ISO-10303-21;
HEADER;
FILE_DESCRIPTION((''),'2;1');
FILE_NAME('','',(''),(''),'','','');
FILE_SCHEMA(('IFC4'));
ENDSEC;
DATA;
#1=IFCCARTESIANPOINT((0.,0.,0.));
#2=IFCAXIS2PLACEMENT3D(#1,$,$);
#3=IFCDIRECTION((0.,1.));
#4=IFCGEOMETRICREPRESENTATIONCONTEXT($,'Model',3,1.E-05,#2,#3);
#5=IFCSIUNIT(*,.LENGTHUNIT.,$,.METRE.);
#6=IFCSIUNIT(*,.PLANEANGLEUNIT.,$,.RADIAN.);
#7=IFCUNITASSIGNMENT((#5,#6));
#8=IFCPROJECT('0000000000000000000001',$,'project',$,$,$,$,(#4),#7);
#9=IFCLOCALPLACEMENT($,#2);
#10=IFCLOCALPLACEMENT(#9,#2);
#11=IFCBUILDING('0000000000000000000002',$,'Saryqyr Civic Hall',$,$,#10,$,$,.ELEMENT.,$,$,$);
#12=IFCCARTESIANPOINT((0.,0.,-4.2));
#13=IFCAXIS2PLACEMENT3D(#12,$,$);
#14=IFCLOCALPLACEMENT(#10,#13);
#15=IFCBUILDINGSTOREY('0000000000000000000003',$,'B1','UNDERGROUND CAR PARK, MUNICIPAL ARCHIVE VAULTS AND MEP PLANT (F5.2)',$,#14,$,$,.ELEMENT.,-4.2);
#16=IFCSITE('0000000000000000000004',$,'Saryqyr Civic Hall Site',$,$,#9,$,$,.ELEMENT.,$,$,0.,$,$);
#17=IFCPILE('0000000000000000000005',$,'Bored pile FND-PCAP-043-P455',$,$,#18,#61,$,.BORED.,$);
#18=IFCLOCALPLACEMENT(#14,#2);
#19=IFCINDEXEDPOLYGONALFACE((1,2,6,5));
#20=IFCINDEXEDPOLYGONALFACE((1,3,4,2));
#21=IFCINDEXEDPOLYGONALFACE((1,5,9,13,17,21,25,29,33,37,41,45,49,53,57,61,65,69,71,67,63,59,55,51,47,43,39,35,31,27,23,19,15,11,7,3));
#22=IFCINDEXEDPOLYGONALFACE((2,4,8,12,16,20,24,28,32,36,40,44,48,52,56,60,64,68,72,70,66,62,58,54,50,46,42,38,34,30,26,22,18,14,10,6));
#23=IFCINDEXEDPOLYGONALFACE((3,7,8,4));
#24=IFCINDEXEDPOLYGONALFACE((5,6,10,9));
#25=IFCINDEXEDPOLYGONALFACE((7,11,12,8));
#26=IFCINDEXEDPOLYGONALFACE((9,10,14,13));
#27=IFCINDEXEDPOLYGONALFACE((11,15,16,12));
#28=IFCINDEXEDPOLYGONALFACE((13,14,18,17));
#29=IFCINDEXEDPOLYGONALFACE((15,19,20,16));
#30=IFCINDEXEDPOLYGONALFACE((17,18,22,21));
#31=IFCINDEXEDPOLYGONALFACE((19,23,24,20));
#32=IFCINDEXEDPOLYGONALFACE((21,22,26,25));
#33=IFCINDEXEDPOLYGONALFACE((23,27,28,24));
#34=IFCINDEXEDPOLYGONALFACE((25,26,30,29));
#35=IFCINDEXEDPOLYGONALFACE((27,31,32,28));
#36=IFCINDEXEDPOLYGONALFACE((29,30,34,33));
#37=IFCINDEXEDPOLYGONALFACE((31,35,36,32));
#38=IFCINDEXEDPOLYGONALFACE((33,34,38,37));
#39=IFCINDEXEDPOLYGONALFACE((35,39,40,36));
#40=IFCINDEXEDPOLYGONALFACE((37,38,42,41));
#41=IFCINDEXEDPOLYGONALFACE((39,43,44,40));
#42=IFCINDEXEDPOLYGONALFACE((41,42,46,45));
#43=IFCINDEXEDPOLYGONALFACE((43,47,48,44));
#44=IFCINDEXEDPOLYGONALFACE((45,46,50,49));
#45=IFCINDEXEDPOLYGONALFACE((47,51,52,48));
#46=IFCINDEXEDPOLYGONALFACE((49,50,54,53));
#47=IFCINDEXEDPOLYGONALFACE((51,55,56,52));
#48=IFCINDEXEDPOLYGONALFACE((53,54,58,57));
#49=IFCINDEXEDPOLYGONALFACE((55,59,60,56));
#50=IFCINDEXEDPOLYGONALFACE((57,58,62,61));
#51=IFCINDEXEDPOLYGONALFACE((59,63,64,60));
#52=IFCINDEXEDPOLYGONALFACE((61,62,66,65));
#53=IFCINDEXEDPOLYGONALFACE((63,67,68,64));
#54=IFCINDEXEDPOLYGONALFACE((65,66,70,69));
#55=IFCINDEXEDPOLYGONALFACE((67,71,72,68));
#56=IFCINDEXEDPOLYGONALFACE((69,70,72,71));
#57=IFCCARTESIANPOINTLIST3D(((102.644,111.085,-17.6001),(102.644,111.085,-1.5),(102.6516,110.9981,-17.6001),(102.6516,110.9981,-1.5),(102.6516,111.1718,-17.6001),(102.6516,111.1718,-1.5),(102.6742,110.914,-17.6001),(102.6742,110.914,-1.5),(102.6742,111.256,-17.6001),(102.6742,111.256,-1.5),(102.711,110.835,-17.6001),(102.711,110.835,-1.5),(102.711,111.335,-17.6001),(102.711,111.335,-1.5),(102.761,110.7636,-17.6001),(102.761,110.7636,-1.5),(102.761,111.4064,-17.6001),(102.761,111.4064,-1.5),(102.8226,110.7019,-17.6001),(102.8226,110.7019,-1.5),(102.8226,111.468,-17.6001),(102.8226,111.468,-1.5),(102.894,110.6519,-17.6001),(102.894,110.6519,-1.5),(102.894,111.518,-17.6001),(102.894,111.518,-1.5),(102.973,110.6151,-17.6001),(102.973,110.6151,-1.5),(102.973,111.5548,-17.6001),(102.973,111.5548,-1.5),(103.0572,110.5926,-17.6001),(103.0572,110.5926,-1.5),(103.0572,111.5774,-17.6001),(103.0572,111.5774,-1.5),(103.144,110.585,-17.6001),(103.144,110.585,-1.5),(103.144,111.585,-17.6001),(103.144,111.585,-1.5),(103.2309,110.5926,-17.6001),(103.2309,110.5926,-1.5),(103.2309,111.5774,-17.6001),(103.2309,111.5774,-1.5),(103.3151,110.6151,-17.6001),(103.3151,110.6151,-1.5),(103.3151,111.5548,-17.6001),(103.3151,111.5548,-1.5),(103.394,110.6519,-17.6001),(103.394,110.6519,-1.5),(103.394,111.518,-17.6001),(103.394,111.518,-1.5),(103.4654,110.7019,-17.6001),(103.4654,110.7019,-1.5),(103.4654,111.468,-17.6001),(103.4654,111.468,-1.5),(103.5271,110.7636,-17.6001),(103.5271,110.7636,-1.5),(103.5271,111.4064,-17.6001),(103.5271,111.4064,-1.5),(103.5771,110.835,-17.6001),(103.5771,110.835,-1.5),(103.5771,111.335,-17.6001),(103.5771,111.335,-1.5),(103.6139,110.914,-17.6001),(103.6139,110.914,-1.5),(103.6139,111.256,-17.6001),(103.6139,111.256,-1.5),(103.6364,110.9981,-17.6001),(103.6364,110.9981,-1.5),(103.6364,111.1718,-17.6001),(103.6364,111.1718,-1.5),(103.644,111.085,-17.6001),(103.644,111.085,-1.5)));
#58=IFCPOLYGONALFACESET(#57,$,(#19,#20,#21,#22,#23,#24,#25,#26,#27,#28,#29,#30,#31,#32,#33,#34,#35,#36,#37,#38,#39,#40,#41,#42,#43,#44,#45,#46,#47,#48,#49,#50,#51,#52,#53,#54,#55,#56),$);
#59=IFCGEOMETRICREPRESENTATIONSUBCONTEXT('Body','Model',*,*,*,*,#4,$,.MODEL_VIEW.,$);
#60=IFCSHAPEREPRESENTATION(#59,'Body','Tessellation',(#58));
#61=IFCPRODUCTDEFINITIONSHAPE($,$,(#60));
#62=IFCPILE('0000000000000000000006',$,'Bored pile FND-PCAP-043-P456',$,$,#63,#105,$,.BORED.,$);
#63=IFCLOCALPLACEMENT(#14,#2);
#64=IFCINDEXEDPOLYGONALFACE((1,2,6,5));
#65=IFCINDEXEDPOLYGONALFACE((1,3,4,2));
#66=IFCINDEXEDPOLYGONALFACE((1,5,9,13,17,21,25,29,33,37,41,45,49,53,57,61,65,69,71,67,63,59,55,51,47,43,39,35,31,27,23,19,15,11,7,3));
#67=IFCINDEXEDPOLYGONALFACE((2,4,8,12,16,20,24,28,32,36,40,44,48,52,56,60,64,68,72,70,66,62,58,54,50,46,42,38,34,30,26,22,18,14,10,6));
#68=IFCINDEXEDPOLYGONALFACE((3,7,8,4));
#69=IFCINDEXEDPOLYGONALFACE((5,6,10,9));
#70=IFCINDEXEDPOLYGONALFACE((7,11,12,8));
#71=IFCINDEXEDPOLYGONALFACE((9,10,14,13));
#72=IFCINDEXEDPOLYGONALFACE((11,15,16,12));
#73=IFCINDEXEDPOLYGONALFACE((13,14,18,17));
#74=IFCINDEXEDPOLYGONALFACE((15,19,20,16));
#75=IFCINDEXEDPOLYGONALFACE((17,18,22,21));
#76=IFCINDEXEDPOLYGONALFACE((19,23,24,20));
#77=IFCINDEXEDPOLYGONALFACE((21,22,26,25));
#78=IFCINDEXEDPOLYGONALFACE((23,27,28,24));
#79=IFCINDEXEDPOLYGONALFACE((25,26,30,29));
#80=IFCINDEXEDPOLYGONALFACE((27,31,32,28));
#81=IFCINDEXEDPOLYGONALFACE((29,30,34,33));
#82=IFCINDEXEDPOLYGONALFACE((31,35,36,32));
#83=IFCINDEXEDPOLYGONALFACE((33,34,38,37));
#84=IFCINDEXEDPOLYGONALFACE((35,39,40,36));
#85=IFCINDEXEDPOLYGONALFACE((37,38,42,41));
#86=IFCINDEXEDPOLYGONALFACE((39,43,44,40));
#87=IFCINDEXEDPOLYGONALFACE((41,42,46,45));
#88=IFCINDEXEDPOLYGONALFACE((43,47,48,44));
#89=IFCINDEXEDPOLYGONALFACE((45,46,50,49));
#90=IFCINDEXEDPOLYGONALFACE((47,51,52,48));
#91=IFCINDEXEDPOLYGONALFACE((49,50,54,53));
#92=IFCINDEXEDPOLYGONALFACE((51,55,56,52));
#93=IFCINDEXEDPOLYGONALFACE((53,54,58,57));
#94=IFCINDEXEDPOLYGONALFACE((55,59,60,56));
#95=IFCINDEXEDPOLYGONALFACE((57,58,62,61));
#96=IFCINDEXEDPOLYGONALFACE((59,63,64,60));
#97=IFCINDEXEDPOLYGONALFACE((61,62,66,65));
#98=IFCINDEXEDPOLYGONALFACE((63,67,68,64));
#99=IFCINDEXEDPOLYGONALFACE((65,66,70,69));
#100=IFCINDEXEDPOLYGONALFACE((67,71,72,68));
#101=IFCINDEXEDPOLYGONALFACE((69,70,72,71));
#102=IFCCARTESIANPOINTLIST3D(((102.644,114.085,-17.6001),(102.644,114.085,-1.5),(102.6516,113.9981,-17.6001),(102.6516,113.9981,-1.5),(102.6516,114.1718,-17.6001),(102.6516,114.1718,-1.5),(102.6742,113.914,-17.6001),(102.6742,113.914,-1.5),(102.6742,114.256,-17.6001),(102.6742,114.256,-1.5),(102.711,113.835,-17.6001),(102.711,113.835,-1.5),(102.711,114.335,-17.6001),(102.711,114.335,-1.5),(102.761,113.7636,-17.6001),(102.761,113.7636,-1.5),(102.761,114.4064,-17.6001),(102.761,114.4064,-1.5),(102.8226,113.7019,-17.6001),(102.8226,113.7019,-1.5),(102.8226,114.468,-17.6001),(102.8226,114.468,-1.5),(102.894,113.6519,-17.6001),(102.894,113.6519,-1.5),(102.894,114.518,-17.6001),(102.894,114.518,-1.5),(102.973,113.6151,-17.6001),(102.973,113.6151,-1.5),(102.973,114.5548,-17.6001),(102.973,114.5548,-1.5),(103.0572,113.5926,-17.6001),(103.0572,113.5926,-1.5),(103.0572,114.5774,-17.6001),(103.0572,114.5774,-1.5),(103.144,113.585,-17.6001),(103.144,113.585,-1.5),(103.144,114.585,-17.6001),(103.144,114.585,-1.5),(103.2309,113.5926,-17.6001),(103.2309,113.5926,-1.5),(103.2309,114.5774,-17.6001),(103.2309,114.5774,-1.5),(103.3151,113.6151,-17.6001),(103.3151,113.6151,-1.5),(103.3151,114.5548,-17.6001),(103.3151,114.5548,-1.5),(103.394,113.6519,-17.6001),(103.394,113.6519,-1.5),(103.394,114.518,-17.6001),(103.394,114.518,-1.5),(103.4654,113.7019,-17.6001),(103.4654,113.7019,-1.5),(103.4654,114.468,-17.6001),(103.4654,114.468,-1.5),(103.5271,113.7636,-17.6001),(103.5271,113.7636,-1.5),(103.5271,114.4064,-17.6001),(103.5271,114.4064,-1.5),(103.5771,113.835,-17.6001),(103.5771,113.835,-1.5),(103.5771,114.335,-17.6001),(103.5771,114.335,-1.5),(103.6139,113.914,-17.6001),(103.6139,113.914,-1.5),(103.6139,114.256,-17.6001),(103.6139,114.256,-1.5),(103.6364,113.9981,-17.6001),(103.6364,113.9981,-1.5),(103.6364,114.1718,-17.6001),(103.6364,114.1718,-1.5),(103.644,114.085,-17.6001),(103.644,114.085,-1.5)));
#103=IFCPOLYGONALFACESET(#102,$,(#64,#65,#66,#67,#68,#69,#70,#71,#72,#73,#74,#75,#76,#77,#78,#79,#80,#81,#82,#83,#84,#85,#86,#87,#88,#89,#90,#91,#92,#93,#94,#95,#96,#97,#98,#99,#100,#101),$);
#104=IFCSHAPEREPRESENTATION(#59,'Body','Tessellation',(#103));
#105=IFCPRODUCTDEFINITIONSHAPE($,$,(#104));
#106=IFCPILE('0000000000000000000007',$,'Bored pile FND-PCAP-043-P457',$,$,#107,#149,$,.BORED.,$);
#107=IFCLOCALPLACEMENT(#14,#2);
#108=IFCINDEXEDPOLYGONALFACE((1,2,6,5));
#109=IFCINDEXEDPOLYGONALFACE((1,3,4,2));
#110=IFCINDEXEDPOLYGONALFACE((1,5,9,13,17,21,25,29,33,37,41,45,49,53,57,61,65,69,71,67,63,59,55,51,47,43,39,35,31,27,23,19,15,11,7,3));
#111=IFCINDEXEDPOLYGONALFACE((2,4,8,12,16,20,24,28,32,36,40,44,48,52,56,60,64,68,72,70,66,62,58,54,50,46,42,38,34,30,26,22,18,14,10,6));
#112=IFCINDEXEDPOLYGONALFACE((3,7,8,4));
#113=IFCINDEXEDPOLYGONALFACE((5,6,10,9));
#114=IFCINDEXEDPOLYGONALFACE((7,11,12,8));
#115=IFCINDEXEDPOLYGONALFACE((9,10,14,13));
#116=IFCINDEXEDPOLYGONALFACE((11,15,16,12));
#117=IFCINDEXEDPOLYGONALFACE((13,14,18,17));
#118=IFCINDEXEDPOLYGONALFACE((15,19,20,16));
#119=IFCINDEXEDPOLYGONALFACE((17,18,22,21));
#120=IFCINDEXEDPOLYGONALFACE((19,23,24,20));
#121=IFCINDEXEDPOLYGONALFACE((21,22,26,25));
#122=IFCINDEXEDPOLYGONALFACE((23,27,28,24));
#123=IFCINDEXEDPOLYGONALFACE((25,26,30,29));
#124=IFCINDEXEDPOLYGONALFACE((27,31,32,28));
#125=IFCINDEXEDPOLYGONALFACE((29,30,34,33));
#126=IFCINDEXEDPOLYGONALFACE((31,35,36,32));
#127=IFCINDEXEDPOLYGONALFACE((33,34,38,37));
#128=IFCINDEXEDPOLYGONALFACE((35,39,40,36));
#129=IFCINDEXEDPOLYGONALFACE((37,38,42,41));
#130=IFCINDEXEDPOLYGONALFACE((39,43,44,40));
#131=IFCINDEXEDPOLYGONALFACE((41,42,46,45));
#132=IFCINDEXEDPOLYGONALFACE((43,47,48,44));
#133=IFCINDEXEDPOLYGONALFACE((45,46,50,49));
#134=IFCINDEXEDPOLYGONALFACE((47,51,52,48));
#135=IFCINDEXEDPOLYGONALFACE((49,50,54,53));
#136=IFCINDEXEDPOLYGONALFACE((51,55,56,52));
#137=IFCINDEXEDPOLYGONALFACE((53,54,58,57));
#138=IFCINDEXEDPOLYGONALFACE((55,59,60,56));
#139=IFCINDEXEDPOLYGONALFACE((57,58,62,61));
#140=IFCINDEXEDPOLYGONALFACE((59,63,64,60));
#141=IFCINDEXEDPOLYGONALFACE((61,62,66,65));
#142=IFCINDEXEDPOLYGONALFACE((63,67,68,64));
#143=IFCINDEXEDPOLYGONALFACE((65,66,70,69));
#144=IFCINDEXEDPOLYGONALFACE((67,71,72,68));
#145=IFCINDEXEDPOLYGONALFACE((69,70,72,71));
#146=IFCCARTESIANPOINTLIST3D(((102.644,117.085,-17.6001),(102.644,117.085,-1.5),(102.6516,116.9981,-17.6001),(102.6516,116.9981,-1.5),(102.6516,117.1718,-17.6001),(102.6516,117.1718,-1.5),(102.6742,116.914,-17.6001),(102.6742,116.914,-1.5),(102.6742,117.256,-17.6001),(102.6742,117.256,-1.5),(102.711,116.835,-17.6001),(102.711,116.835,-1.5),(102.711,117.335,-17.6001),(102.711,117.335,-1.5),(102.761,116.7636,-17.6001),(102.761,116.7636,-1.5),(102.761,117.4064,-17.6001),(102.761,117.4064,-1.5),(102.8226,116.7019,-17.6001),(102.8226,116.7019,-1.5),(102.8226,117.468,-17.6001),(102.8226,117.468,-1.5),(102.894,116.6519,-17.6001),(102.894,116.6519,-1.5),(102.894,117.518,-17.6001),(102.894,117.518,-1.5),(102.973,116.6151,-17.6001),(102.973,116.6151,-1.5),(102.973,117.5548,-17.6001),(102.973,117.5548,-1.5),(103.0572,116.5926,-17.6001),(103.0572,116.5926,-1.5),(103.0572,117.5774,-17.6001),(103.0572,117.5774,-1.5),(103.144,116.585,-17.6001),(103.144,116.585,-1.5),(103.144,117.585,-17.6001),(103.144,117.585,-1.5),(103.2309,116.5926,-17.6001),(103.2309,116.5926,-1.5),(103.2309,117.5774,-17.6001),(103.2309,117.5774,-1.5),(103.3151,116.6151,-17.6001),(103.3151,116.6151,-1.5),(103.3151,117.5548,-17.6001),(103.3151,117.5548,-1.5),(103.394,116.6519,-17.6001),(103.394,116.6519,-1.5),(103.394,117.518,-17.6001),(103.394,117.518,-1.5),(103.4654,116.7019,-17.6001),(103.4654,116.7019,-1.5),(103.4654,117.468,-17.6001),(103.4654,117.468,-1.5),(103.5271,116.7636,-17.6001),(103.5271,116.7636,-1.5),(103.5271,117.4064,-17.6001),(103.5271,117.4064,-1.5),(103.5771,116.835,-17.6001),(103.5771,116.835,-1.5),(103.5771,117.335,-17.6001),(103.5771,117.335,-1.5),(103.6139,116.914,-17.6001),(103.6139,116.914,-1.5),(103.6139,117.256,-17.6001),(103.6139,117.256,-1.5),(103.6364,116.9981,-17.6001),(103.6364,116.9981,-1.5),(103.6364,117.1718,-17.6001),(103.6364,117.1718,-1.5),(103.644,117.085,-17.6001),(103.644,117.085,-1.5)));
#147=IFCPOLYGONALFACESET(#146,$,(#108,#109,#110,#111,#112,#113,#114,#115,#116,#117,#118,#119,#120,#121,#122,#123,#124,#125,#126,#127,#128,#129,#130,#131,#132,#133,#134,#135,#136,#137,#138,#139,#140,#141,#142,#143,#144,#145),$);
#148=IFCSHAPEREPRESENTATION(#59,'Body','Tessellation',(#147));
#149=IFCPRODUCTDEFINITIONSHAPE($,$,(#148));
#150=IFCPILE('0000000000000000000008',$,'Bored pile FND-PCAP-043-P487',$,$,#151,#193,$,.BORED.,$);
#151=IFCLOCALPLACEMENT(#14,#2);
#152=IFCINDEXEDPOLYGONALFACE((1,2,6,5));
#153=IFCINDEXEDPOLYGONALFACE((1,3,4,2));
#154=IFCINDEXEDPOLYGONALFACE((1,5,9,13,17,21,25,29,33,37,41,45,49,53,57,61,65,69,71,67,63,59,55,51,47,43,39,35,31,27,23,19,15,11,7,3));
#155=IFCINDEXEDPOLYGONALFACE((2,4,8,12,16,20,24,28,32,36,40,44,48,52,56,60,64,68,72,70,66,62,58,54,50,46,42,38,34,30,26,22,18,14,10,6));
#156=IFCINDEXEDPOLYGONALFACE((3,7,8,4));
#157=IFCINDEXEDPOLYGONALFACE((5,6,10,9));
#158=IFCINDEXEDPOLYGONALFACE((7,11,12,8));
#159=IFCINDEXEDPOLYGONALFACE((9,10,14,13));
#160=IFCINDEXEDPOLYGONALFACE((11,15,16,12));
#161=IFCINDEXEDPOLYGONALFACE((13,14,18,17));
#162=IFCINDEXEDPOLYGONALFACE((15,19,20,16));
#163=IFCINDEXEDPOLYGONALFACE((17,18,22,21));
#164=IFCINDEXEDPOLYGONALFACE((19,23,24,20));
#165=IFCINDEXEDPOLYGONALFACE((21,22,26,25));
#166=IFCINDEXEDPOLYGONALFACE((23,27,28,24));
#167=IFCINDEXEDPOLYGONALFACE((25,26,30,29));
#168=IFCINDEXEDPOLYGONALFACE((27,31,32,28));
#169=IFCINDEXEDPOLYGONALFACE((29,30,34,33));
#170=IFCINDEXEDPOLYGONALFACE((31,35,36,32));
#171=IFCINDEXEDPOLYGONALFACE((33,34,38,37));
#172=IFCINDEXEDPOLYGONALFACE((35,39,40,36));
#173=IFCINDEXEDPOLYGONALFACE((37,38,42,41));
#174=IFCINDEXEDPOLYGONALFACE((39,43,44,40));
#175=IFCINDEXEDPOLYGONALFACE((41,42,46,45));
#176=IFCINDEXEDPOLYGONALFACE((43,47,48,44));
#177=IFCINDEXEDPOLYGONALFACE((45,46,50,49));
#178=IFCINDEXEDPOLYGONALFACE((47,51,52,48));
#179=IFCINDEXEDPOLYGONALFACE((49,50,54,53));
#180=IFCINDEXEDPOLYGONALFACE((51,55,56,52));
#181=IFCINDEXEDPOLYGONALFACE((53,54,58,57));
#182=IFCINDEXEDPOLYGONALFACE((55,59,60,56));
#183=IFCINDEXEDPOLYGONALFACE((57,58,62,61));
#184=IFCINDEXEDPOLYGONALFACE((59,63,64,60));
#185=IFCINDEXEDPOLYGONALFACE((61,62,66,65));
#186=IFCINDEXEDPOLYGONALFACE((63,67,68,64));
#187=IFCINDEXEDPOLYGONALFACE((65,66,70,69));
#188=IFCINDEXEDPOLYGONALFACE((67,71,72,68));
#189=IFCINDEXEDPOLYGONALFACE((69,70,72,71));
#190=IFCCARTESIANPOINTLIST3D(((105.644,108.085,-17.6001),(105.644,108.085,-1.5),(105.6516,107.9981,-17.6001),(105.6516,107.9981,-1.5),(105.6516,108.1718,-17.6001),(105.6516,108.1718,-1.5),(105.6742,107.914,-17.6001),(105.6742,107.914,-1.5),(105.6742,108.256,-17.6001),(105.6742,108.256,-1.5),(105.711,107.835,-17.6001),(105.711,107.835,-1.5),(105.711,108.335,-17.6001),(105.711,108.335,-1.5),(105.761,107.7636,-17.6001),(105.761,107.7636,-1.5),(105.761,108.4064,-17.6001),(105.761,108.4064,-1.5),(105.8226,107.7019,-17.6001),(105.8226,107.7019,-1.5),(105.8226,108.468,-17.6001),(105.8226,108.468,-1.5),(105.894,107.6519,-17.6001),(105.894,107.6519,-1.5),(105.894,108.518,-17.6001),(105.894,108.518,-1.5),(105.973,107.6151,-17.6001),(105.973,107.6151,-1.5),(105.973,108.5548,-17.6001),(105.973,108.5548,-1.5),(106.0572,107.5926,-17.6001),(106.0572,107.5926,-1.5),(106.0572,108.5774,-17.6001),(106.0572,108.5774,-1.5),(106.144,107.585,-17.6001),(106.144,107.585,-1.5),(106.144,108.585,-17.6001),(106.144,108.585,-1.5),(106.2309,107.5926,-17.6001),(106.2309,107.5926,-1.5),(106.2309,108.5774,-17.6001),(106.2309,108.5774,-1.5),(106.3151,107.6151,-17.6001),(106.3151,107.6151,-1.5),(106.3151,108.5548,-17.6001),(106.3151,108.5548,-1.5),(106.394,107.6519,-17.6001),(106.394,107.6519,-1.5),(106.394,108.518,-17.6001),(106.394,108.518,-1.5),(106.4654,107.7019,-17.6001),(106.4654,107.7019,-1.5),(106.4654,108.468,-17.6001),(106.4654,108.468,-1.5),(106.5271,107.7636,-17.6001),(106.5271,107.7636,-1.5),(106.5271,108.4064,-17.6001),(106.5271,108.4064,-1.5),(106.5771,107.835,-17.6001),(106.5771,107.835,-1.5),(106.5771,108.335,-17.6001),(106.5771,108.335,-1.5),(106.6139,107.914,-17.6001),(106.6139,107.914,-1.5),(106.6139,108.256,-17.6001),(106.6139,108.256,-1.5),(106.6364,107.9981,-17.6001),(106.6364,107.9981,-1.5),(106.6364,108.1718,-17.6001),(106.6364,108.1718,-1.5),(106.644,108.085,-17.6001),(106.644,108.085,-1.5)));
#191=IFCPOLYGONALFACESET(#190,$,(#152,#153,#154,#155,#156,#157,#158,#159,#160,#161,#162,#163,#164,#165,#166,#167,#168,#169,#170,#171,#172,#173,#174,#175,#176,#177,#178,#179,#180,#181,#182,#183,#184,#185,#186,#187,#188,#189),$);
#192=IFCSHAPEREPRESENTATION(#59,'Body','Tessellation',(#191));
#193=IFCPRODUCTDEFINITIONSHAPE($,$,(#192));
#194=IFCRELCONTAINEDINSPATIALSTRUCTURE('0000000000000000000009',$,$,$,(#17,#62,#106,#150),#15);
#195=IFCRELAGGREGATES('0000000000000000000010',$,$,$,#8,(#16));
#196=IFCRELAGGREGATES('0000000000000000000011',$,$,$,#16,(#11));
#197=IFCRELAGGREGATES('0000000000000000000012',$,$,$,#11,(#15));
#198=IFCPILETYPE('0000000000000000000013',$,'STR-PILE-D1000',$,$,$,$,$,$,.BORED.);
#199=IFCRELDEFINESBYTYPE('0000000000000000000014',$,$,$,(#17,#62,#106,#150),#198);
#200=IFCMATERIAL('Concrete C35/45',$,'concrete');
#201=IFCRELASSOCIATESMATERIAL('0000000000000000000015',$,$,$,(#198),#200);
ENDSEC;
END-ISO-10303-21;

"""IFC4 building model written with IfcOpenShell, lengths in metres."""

from ifc_helpers import new_model, si_unit, direction, frame, origin, origin_2d, place, context, subcontext, project, spatial, circle, extrude, material, material_profile, profile_set, type_object, element, save


model = new_model("IFC4")

# Units and contexts
model_context = context("Model", 3, precision=1e-05, world=origin(), true_north=direction((0.0, 1.0)))
body_context = subcontext(model_context, "Body", "Model", "MODEL_VIEW")
ifc_project = project(units=[si_unit("LENGTHUNIT", "METRE"), si_unit("PLANEANGLEUNIT", "RADIAN")], contexts=[model_context])

# Site, building, storey
site_placement = place(None, origin())
site = spatial("IfcSite", under=ifc_project, at=site_placement, Name="Saryqyr Civic Hall Site", CompositionType="ELEMENT", RefElevation=0.0)
building_placement = place(site_placement, origin())
building = spatial("IfcBuilding", under=site, at=building_placement, Name="Saryqyr Civic Hall", CompositionType="ELEMENT")
storey_placement = place(building_placement, frame((0.0, 0.0, -4.2)))
storey = spatial("IfcBuildingStorey", under=building, at=storey_placement, Name="B1", Description="UNDERGROUND CAR PARK, MUNICIPAL ARCHIVE VAULTS AND MEP PLANT (F5.2)", CompositionType="ELEMENT", Elevation=-4.2)

# Piles
ifc_material_1 = material(Name="Concrete C35/45", Category="concrete")
ifc_material_profile_1 = material_profile(ifc_material_1, circle(Radius=0.5, at=origin_2d()), Name="BORED PILE D1000")
ifc_profile_set_1 = profile_set([ifc_material_profile_1], Name="Concrete C35/45")
pile_type = type_object("IfcPileType", Name="STR-PILE-D1000", PredefinedType="BORED", material=ifc_profile_set_1)
for number, where, z_axis, x_axis, name in (
    (1, (103.144, 111.085, -1.5), (0.0, 0.0, -1.0), (1.0, 0.0, 0.0), "Bored pile FND-PCAP-043-P455"),
    (2, (103.144, 114.085, -1.5), (0.0, 0.0, -1.0), (1.0, 0.0, 0.0), "Bored pile FND-PCAP-043-P456"),
    (3, (103.144, 117.085, -1.5), (0.0, 0.0, -1.0), (1.0, 0.0, 0.0), "Bored pile FND-PCAP-043-P457"),
    (4, (106.144, 108.085, -1.5), (0.0, 0.0, -1.0), (1.0, 0.0, 0.0), "Bored pile FND-PCAP-043-P487"),
):
    element("IfcPile", number, at=place(storey_placement, frame(where, z_axis=z_axis, x_axis=x_axis)), inside=storey, type_object=pile_type, Name=name, PredefinedType="BORED", context=body_context, shape_type="SweptSolid", body=[
        extrude(circle(Radius=0.5, at=origin_2d()), origin(), (0.0, 0.0, 1.0), 16.1001),
    ])

save(model, "model.ifc")
